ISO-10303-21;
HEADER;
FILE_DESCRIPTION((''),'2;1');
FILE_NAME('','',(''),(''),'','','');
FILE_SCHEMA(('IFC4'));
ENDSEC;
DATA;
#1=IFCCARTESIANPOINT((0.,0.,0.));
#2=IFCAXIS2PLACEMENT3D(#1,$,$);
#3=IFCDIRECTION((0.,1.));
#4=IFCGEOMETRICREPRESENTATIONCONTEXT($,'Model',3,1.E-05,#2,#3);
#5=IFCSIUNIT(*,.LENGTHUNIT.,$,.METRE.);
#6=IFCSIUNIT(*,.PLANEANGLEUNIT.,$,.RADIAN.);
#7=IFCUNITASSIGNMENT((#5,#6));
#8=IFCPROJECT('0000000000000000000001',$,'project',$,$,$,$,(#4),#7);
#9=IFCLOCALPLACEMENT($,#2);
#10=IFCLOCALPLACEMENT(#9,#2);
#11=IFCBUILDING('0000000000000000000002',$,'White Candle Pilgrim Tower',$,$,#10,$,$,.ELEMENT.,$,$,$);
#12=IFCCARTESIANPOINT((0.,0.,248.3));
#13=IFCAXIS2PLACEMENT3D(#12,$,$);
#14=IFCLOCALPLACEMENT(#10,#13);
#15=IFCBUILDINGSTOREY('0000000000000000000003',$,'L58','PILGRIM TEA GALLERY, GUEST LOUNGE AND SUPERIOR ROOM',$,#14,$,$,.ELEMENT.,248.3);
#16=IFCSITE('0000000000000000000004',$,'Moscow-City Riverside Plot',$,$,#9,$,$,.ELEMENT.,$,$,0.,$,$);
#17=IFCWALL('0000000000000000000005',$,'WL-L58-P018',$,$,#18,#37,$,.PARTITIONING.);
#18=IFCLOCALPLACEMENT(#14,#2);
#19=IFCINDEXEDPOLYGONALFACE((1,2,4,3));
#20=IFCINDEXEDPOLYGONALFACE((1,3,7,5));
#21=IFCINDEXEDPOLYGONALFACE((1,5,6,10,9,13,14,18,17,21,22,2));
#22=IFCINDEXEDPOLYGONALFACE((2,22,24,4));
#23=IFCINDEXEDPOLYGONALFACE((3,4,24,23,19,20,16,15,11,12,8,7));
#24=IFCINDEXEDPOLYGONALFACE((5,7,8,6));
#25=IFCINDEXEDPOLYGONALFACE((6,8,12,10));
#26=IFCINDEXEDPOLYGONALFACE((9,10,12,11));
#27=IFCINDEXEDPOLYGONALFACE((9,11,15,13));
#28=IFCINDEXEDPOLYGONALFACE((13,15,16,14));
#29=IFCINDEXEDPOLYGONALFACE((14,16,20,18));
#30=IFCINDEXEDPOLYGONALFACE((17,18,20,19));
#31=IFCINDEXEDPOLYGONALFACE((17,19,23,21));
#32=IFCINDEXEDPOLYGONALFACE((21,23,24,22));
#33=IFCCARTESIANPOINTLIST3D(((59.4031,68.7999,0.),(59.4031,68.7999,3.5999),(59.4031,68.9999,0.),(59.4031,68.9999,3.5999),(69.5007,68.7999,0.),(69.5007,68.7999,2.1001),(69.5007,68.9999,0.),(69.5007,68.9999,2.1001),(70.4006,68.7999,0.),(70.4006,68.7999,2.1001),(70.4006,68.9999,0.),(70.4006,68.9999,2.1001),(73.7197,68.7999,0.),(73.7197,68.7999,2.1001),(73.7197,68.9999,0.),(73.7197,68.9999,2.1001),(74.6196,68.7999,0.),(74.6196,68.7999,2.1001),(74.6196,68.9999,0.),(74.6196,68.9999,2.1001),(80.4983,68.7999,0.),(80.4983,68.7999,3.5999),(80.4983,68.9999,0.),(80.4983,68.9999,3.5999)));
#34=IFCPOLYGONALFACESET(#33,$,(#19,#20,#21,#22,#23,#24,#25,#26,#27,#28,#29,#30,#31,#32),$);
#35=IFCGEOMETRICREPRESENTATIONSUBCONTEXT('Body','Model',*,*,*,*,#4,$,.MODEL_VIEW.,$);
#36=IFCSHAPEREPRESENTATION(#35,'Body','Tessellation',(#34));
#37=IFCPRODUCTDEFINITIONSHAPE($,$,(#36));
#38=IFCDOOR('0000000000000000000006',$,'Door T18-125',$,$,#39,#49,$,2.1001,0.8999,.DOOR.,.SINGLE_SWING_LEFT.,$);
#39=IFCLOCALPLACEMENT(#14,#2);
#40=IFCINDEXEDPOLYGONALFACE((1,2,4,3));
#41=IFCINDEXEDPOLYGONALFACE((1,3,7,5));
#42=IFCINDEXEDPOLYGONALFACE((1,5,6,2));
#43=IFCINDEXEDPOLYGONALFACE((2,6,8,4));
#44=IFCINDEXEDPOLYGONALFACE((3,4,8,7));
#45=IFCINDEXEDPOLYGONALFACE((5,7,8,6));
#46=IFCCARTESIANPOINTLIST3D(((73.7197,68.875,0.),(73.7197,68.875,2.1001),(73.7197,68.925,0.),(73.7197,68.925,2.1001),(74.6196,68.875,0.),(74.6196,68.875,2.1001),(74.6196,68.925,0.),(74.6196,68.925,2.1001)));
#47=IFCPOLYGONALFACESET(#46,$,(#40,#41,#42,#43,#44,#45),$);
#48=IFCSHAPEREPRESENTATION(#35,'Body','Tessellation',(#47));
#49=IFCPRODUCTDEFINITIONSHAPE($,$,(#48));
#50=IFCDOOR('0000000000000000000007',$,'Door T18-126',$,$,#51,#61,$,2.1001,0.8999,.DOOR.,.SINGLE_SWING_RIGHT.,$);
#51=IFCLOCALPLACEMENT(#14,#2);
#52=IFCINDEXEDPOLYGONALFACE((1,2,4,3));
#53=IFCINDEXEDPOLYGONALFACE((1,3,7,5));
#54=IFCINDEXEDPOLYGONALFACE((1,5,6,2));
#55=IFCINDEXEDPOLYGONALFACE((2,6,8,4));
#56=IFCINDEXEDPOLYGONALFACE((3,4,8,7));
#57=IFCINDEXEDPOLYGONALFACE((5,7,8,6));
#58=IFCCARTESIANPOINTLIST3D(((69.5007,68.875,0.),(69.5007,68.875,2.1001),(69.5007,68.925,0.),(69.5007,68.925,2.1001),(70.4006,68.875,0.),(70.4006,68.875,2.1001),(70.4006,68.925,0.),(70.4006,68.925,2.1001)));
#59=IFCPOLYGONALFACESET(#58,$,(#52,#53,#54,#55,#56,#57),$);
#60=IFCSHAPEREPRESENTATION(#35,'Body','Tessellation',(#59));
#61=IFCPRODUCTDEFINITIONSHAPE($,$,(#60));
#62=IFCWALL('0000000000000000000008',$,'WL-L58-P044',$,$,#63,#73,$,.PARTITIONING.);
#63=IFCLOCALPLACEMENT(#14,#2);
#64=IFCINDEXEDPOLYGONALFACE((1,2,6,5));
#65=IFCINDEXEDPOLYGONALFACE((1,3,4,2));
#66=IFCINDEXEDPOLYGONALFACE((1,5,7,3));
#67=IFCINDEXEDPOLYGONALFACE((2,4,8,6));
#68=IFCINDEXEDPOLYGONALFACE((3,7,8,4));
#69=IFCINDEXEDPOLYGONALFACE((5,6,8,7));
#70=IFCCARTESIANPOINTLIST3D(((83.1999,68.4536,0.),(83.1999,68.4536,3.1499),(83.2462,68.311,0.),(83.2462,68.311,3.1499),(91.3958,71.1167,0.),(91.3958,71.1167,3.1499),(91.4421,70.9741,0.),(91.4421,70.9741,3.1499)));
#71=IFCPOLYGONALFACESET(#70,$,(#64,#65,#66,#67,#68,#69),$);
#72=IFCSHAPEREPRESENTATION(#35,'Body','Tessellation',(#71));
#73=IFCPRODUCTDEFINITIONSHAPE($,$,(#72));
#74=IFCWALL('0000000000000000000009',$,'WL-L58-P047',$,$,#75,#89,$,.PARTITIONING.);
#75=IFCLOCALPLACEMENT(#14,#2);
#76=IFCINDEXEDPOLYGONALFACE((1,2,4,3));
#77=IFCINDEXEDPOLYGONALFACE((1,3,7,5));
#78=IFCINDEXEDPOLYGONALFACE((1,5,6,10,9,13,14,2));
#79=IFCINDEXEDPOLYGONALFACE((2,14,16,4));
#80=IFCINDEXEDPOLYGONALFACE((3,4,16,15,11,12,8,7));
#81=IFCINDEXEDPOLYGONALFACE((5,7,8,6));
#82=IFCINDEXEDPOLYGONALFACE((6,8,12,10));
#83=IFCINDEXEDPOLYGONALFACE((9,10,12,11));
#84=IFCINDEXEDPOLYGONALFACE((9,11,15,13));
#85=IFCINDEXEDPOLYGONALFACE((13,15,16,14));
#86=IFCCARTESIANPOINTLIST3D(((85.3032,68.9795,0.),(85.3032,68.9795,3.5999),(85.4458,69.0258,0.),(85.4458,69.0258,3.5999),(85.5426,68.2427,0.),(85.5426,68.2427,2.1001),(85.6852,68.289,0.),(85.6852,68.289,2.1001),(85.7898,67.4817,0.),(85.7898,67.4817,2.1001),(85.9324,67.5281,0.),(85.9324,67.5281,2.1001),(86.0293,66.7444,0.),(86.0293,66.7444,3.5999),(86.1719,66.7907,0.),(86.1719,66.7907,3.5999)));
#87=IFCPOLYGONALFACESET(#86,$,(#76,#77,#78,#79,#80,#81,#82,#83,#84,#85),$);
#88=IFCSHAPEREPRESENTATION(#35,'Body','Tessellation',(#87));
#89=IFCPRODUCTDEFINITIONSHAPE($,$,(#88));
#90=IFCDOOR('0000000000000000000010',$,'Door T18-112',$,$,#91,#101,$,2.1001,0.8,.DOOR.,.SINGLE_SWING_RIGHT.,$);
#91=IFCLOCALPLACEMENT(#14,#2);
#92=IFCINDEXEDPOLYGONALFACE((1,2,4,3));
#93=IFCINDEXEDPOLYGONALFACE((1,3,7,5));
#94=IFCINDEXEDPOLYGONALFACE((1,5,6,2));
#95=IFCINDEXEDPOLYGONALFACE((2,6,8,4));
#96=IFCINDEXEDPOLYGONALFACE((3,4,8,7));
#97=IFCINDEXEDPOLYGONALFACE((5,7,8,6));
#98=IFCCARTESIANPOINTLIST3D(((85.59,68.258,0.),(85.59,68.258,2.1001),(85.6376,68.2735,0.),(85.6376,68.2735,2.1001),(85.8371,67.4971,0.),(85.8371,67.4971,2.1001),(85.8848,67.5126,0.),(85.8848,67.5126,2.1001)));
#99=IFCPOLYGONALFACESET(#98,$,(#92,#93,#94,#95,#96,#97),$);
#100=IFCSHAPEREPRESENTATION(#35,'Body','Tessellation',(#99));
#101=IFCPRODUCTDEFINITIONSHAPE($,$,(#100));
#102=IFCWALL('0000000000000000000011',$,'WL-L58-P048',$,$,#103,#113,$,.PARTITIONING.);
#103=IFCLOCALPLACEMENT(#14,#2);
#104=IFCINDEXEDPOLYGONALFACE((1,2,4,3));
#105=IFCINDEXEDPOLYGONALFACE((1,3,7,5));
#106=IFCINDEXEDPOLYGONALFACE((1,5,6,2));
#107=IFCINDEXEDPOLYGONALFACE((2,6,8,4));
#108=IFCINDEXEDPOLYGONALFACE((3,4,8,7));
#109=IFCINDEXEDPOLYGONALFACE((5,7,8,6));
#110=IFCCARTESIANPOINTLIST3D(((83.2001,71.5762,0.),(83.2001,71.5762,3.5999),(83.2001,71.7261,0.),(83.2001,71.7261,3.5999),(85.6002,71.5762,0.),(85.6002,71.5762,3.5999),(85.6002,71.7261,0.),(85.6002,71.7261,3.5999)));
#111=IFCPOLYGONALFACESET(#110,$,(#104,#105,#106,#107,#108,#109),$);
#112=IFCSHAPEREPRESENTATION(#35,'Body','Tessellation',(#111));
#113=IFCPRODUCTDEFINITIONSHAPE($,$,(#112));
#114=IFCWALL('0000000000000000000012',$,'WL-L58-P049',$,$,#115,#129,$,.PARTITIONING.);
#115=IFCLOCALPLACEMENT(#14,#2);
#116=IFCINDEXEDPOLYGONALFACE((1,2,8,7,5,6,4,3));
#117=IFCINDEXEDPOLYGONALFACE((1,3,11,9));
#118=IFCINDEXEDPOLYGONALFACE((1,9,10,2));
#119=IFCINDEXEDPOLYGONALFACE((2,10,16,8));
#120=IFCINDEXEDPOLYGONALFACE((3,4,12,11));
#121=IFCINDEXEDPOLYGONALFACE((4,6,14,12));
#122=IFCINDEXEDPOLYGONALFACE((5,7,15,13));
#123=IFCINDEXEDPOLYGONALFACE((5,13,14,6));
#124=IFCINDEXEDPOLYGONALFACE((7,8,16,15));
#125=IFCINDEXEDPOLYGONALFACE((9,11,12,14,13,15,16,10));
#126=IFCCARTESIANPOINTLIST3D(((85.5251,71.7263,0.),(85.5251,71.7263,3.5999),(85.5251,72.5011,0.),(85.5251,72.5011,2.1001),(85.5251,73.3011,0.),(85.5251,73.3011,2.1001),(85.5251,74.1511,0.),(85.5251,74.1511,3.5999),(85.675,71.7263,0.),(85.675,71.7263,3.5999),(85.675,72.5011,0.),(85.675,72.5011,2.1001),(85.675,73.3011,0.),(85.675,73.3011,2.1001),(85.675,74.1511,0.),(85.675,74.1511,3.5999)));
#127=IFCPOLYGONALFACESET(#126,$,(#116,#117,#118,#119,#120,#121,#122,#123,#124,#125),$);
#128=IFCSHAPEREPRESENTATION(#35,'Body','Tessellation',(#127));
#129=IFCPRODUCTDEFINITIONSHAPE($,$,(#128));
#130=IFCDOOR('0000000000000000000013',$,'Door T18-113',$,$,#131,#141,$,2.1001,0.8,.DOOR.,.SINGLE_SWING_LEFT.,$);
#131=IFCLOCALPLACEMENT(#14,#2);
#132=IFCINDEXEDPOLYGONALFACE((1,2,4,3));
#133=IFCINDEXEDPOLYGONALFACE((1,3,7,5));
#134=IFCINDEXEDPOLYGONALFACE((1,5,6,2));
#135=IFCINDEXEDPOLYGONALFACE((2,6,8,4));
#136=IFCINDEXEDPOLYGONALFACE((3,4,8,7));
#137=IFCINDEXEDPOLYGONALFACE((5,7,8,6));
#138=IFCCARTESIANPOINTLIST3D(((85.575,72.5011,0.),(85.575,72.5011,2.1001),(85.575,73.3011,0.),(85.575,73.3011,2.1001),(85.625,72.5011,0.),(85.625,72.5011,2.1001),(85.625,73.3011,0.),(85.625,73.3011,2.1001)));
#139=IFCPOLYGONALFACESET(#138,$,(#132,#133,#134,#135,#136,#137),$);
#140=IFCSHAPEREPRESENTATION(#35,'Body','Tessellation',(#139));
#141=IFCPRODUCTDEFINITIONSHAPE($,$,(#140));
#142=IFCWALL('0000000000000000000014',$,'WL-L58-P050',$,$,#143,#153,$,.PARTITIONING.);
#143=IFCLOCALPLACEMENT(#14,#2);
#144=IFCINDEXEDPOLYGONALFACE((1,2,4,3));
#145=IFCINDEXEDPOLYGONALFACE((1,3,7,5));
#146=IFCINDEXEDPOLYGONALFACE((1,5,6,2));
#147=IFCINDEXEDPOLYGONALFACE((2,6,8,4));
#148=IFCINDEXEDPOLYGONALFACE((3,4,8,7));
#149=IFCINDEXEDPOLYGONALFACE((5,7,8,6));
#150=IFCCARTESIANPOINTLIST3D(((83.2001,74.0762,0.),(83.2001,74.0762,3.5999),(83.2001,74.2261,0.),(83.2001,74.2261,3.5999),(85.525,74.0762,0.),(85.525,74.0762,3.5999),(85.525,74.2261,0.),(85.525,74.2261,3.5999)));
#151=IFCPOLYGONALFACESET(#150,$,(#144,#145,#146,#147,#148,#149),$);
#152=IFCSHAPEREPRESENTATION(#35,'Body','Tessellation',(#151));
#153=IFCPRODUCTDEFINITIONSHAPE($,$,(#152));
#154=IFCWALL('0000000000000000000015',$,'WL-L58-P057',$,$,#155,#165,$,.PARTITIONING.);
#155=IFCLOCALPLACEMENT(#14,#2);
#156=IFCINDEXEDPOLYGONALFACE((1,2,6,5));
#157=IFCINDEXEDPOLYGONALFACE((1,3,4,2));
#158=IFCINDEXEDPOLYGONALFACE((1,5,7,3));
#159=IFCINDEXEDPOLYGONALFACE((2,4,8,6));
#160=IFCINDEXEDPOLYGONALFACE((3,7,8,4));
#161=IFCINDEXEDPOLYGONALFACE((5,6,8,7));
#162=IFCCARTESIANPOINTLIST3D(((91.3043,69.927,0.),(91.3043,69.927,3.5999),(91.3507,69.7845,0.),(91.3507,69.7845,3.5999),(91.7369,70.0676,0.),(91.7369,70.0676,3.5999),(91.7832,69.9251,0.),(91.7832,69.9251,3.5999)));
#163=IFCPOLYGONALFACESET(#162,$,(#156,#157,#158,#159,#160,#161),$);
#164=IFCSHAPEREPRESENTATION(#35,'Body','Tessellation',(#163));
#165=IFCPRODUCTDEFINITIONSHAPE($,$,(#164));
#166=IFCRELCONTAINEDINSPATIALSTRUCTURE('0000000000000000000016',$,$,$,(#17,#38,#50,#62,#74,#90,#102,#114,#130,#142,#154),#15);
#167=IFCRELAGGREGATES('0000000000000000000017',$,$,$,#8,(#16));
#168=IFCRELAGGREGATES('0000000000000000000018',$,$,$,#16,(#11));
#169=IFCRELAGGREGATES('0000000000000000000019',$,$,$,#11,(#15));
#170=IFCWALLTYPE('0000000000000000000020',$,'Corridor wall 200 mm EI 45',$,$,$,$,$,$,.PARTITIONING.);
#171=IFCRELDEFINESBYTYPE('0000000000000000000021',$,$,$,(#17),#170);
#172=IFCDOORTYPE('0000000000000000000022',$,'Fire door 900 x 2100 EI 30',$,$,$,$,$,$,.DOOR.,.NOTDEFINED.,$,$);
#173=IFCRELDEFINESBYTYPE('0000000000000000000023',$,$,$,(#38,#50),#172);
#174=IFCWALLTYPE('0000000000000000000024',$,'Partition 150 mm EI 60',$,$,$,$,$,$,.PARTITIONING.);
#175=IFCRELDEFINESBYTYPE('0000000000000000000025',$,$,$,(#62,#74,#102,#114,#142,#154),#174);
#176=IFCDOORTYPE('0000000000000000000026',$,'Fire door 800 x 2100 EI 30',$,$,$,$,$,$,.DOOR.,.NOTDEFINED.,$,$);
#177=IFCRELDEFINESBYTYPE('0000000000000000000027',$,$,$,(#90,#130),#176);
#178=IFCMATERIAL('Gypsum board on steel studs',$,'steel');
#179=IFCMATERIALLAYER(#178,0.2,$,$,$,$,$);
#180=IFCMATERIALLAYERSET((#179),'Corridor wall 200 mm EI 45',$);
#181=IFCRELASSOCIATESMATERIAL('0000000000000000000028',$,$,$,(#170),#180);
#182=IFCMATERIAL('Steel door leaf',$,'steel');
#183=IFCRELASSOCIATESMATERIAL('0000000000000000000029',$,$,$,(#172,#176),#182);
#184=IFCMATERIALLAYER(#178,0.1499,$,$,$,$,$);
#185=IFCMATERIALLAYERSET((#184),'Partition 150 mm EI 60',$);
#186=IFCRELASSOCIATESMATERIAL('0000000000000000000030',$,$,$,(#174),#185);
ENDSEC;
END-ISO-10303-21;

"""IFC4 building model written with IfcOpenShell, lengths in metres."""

from ifc_helpers import new_model, si_unit, direction, frame, frame_2d, origin, place, context, subcontext, project, spatial, rectangle, extrude, material, layer, layer_set, type_object, element, fill, save


model = new_model("IFC4")

# Units and contexts
model_context = context("Model", 3, precision=1e-05, world=origin(), true_north=direction((0.0, 1.0)))
body_context = subcontext(model_context, "Body", "Model", "MODEL_VIEW")
ifc_project = project(units=[si_unit("LENGTHUNIT", "METRE"), si_unit("PLANEANGLEUNIT", "RADIAN")], contexts=[model_context])

# Site, building, storey
site_placement = place(None, origin())
site = spatial("IfcSite", under=ifc_project, at=site_placement, Name="Moscow-City Riverside Plot", CompositionType="ELEMENT", RefElevation=0.0)
building_placement = place(site_placement, origin())
building = spatial("IfcBuilding", under=site, at=building_placement, Name="White Candle Pilgrim Tower", CompositionType="ELEMENT")
storey_placement = place(building_placement, frame((0.0, 0.0, 248.3)))
storey = spatial("IfcBuildingStorey", under=building, at=storey_placement, Name="L58", Description="PILGRIM TEA GALLERY, GUEST LOUNGE AND SUPERIOR ROOM", CompositionType="ELEMENT", Elevation=248.3)

# Shared definitions
ifc_material_1 = material(Name="Gypsum board on steel studs", Category="steel")
ifc_layer_1 = layer(ifc_material_1, 0.2)
ifc_layer_set_1 = layer_set([ifc_layer_1], Name="Corridor wall 200 mm EI 45")
wall_type_1 = type_object("IfcWallType", Name="Corridor wall 200 mm EI 45", PredefinedType="PARTITIONING", material=ifc_layer_set_1)
ifc_material_2 = material(Name="Steel door leaf", Category="steel")
door_type_1 = type_object("IfcDoorType", Name="Fire door 900 x 2100 EI 30", OperationType="NOTDEFINED", PredefinedType="DOOR", material=ifc_material_2)

# Wall, openings, doors
wall_1_placement = place(storey_placement, frame((80.4983, 68.8999, 0.0), z_axis=(0.0, 0.0, 1.0), x_axis=(-1.0, 0.0, 0.0)))
wall_1 = element("IfcWall", 1, at=wall_1_placement, inside=storey, type_object=wall_type_1, Name="WL-L58-P018", PredefinedType="PARTITIONING", context=body_context, shape_type="SweptSolid", body=[
    extrude(rectangle(XDim=21.0952, YDim=0.2, at=frame_2d((10.5476, 0.0))), origin(), (0.0, 0.0, 1.0), 3.5999),
])
opening_1_placement = place(wall_1_placement, frame((5.8787, 0.0, 0.0)))
opening_1 = element("IfcOpeningElement", 2, at=opening_1_placement, cuts=wall_1, PredefinedType="OPENING", context=body_context, shape_type="SweptSolid", body=[
    extrude(rectangle(XDim=0.8999, YDim=2.1001, at=frame_2d((0.45, 1.05))), frame((0.0, 0.1099, 0.0), z_axis=(0.0, -1.0, 0.0), x_axis=(1.0, 0.0, 0.0)), (0.0, 0.0, 1.0), 0.22),
])
opening_2_placement = place(wall_1_placement, frame((10.0977, 0.0, 0.0)))
opening_2 = element("IfcOpeningElement", 3, at=opening_2_placement, cuts=wall_1, PredefinedType="OPENING", context=body_context, shape_type="SweptSolid", body=[
    extrude(rectangle(XDim=0.8999, YDim=2.1001, at=frame_2d((0.45, 1.05))), frame((0.0, 0.1099, 0.0), z_axis=(0.0, -1.0, 0.0), x_axis=(1.0, 0.0, 0.0)), (0.0, 0.0, 1.0), 0.22),
])
door_1_placement = place(opening_1_placement, origin())
door_1 = element("IfcDoor", 4, at=door_1_placement, inside=storey, type_object=door_type_1, Name="Door T18-125", OperationType="SINGLE_SWING_LEFT", OverallHeight=2.1001, OverallWidth=0.8999, PredefinedType="DOOR", context=body_context, shape_type="SweptSolid", body=[
    extrude(rectangle(XDim=0.8999, YDim=2.1001, at=frame_2d((0.45, 1.05))), frame((0.0, 0.0249, 0.0), z_axis=(0.0, -1.0, 0.0), x_axis=(1.0, 0.0, 0.0)), (0.0, 0.0, 1.0), 0.05),
])
fill(opening_1, door_1)
door_2_placement = place(opening_2_placement, origin())
door_2 = element("IfcDoor", 5, at=door_2_placement, inside=storey, type_object=door_type_1, Name="Door T18-126", OperationType="SINGLE_SWING_RIGHT", OverallHeight=2.1001, OverallWidth=0.8999, PredefinedType="DOOR", context=body_context, shape_type="SweptSolid", body=[
    extrude(rectangle(XDim=0.8999, YDim=2.1001, at=frame_2d((0.45, 1.05))), frame((0.0, 0.0249, 0.0), z_axis=(0.0, -1.0, 0.0), x_axis=(1.0, 0.0, 0.0)), (0.0, 0.0, 1.0), 0.05),
])
fill(opening_2, door_2)

# Wall
ifc_layer_2 = layer(ifc_material_1, 0.1499)
ifc_layer_set_2 = layer_set([ifc_layer_2], Name="Partition 150 mm EI 60")
wall_type_2 = type_object("IfcWallType", Name="Partition 150 mm EI 60", PredefinedType="PARTITIONING", material=ifc_layer_set_2)
wall_2_placement = place(storey_placement, frame((91.4189, 71.0454, 0.0), z_axis=(0.0, 0.0, 1.0), x_axis=(-0.951053, -0.309028, 0.0)))
element("IfcWall", 6, at=wall_2_placement, inside=storey, type_object=wall_type_2, Name="WL-L58-P044", PredefinedType="PARTITIONING", context=body_context, shape_type="SweptSolid", body=[
    extrude(rectangle(XDim=8.6177, YDim=0.1499, at=frame_2d((4.3088, 0.0))), origin(), (0.0, 0.0, 1.0), 3.1499),
])

# Wall, opening, door
wall_3_placement = place(storey_placement, frame((85.3745, 69.0027, 0.0), z_axis=(0.0, 0.0, 1.0), x_axis=(0.308957, -0.951076, 0.0)))
wall_3 = element("IfcWall", 7, at=wall_3_placement, inside=storey, type_object=wall_type_2, Name="WL-L58-P047", PredefinedType="PARTITIONING", context=body_context, shape_type="SweptSolid", body=[
    extrude(rectangle(XDim=2.3501, YDim=0.1499, at=frame_2d((1.175, 0.0))), origin(), (0.0, 0.0, 1.0), 3.5999),
])
opening_3_placement = place(wall_3_placement, frame((0.7749, 0.0, 0.0)))
opening_3 = element("IfcOpeningElement", 8, at=opening_3_placement, cuts=wall_3, PredefinedType="OPENING", context=body_context, shape_type="SweptSolid", body=[
    extrude(rectangle(XDim=0.8, YDim=2.1001, at=frame_2d((0.3999, 1.05))), frame((0.0, 0.085, 0.0), z_axis=(0.0, -1.0, 0.0), x_axis=(1.0, 0.0, 0.0)), (0.0, 0.0, 1.0), 0.1699),
])
door_type_2 = type_object("IfcDoorType", Name="Fire door 800 x 2100 EI 30", OperationType="NOTDEFINED", PredefinedType="DOOR", material=ifc_material_2)
door_3_placement = place(opening_3_placement, origin())
door_3 = element("IfcDoor", 9, at=door_3_placement, inside=storey, type_object=door_type_2, Name="Door T18-112", OperationType="SINGLE_SWING_RIGHT", OverallHeight=2.1001, OverallWidth=0.8, PredefinedType="DOOR", context=body_context, shape_type="SweptSolid", body=[
    extrude(rectangle(XDim=0.8, YDim=2.1001, at=frame_2d((0.3999, 1.05))), frame((0.0, 0.0249, 0.0), z_axis=(0.0, -1.0, 0.0), x_axis=(1.0, 0.0, 0.0)), (0.0, 0.0, 1.0), 0.05),
])
fill(opening_3, door_3)

# Wall
wall_4_placement = place(storey_placement, frame((83.2, 71.6511, 0.0), z_axis=(0.0, 0.0, 1.0), x_axis=(1.0, 0.0, 0.0)))
element("IfcWall", 10, at=wall_4_placement, inside=storey, type_object=wall_type_2, Name="WL-L58-P048", PredefinedType="PARTITIONING", context=body_context, shape_type="SweptSolid", body=[
    extrude(rectangle(XDim=2.4001, YDim=0.1499, at=frame_2d((1.2002, 0.0))), origin(), (0.0, 0.0, 1.0), 3.5999),
])

# Wall, opening, door
wall_5_placement = place(storey_placement, frame((85.6001, 74.1511, 0.0), z_axis=(0.0, 0.0, 1.0), x_axis=(0.0, -1.0, 0.0)))
wall_5 = element("IfcWall", 11, at=wall_5_placement, inside=storey, type_object=wall_type_2, Name="WL-L58-P049", PredefinedType="PARTITIONING", context=body_context, shape_type="SweptSolid", body=[
    extrude(rectangle(XDim=2.4248, YDim=0.1499, at=frame_2d((1.2124, 0.0))), origin(), (0.0, 0.0, 1.0), 3.5999),
])
opening_4_placement = place(wall_5_placement, frame((0.8501, 0.0, 0.0)))
opening_4 = element("IfcOpeningElement", 12, at=opening_4_placement, cuts=wall_5, PredefinedType="OPENING", context=body_context, shape_type="SweptSolid", body=[
    extrude(rectangle(XDim=0.8, YDim=2.1001, at=frame_2d((0.3999, 1.05))), frame((0.0, 0.085, 0.0), z_axis=(0.0, -1.0, 0.0), x_axis=(1.0, 0.0, 0.0)), (0.0, 0.0, 1.0), 0.1699),
])
door_4_placement = place(opening_4_placement, origin())
door_4 = element("IfcDoor", 13, at=door_4_placement, inside=storey, type_object=door_type_2, Name="Door T18-113", OperationType="SINGLE_SWING_LEFT", OverallHeight=2.1001, OverallWidth=0.8, PredefinedType="DOOR", context=body_context, shape_type="SweptSolid", body=[
    extrude(rectangle(XDim=0.8, YDim=2.1001, at=frame_2d((0.3999, 1.05))), frame((0.0, 0.0249, 0.0), z_axis=(0.0, -1.0, 0.0), x_axis=(1.0, 0.0, 0.0)), (0.0, 0.0, 1.0), 0.05),
])
fill(opening_4, door_4)

# Walls
wall_6_placement = place(storey_placement, frame((83.2, 74.1511, 0.0), z_axis=(0.0, 0.0, 1.0), x_axis=(1.0, 0.0, 0.0)))
element("IfcWall", 14, at=wall_6_placement, inside=storey, type_object=wall_type_2, Name="WL-L58-P050", PredefinedType="PARTITIONING", context=body_context, shape_type="SweptSolid", body=[
    extrude(rectangle(XDim=2.325, YDim=0.1499, at=frame_2d((1.1626, 0.0))), origin(), (0.0, 0.0, 1.0), 3.5999),
])
wall_7_placement = place(storey_placement, frame((91.3274, 69.8557, 0.0), z_axis=(0.0, 0.0, 1.0), x_axis=(0.951018, 0.309135, 0.0)))
element("IfcWall", 15, at=wall_7_placement, inside=storey, type_object=wall_type_2, Name="WL-L58-P057", PredefinedType="PARTITIONING", context=body_context, shape_type="SweptSolid", body=[
    extrude(rectangle(XDim=0.4548, YDim=0.1499, at=frame_2d((0.2275, 0.0))), origin(), (0.0, 0.0, 1.0), 3.5999),
])

save(model, "model.ifc")
